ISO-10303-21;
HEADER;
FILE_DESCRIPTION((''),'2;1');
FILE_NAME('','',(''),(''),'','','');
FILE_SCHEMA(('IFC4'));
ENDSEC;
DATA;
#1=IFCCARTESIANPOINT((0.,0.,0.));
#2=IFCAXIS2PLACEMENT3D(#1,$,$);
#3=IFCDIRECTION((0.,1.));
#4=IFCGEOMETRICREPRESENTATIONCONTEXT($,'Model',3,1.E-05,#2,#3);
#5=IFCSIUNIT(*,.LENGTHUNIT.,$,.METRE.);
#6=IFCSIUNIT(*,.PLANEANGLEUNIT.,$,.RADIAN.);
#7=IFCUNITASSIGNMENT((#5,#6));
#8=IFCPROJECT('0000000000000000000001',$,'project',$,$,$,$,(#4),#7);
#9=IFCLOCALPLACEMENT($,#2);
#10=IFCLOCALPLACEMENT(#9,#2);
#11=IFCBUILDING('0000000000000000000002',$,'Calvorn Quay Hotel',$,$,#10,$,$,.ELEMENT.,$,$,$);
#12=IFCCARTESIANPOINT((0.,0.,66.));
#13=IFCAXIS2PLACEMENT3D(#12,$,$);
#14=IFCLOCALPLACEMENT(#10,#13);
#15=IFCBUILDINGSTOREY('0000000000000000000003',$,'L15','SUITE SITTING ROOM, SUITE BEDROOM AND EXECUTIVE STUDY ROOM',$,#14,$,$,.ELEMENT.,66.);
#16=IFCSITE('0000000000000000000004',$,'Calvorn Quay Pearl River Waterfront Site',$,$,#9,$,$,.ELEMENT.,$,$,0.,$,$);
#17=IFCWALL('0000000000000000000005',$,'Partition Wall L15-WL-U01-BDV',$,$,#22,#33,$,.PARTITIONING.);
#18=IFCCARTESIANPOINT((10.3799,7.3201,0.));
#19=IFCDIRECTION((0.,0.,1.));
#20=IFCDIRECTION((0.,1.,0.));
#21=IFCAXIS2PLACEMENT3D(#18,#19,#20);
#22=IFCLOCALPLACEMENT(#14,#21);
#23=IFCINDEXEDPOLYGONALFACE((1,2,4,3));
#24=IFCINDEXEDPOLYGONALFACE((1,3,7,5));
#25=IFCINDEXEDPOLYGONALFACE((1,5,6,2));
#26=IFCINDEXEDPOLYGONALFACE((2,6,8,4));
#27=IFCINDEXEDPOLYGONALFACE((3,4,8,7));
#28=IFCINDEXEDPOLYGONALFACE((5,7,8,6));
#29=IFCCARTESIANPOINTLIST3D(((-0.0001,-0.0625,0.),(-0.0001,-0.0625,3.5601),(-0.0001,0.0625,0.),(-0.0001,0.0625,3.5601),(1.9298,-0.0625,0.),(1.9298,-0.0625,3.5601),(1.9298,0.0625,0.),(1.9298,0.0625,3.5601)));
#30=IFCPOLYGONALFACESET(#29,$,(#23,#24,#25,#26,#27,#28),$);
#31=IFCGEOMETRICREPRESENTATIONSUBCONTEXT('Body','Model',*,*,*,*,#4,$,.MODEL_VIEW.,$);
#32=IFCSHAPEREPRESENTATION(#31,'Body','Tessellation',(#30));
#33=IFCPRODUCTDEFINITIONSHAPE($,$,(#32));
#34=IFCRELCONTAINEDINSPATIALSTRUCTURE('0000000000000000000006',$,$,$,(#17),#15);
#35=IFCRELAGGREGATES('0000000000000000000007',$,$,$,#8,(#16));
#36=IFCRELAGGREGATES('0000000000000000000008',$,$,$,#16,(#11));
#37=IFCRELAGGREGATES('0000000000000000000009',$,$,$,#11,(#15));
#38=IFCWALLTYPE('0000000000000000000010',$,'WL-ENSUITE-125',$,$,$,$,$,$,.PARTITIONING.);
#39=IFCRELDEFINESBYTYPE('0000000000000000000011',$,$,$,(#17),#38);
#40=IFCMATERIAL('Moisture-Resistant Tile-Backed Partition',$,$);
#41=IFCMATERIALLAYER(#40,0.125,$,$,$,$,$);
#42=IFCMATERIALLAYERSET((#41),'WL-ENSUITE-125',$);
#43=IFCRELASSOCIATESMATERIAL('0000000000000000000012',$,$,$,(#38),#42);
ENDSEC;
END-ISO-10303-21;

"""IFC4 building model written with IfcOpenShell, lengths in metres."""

from ifc_helpers import new_model, si_unit, direction, frame, frame_2d, origin, place, context, subcontext, project, spatial, rectangle, extrude, material, layer, layer_set, type_object, element, save


model = new_model("IFC4")

# Units and contexts
model_context = context("Model", 3, precision=1e-05, world=origin(), true_north=direction((0.0, 1.0)))
body_context = subcontext(model_context, "Body", "Model", "MODEL_VIEW")
ifc_project = project(units=[si_unit("LENGTHUNIT", "METRE"), si_unit("PLANEANGLEUNIT", "RADIAN")], contexts=[model_context])

# Site, building, storey
site_placement = place(None, origin())
site = spatial("IfcSite", under=ifc_project, at=site_placement, Name="Calvorn Quay Pearl River Waterfront Site", CompositionType="ELEMENT", RefElevation=0.0)
building_placement = place(site_placement, origin())
building = spatial("IfcBuilding", under=site, at=building_placement, Name="Calvorn Quay Hotel", CompositionType="ELEMENT")
storey_placement = place(building_placement, frame((0.0, 0.0, 66.0)))
storey = spatial("IfcBuildingStorey", under=building, at=storey_placement, Name="L15", Description="SUITE SITTING ROOM, SUITE BEDROOM AND EXECUTIVE STUDY ROOM", CompositionType="ELEMENT", Elevation=66.0)

# Wall
ifc_material_1 = material(Name="Moisture-Resistant Tile-Backed Partition")
ifc_layer_1 = layer(ifc_material_1, 0.125)
ifc_layer_set_1 = layer_set([ifc_layer_1], Name="WL-ENSUITE-125")
wall_type_1 = type_object("IfcWallType", Name="WL-ENSUITE-125", PredefinedType="PARTITIONING", material=ifc_layer_set_1)
wall_1_placement = place(storey_placement, frame((10.3799, 7.3201, 0.0), z_axis=(0.0, 0.0, 1.0), x_axis=(0.0, 1.0, 0.0)))
element("IfcWall", 1, at=wall_1_placement, inside=storey, type_object=wall_type_1, Name="Partition Wall L15-WL-U01-BDV", PredefinedType="PARTITIONING", context=body_context, shape_type="SweptSolid", body=[
    extrude(rectangle(XDim=1.9299, YDim=0.125, at=frame_2d((0.9648, 0.0))), origin(), (0.0, 0.0, 1.0), 3.5601),
])

save(model, "model.ifc")
